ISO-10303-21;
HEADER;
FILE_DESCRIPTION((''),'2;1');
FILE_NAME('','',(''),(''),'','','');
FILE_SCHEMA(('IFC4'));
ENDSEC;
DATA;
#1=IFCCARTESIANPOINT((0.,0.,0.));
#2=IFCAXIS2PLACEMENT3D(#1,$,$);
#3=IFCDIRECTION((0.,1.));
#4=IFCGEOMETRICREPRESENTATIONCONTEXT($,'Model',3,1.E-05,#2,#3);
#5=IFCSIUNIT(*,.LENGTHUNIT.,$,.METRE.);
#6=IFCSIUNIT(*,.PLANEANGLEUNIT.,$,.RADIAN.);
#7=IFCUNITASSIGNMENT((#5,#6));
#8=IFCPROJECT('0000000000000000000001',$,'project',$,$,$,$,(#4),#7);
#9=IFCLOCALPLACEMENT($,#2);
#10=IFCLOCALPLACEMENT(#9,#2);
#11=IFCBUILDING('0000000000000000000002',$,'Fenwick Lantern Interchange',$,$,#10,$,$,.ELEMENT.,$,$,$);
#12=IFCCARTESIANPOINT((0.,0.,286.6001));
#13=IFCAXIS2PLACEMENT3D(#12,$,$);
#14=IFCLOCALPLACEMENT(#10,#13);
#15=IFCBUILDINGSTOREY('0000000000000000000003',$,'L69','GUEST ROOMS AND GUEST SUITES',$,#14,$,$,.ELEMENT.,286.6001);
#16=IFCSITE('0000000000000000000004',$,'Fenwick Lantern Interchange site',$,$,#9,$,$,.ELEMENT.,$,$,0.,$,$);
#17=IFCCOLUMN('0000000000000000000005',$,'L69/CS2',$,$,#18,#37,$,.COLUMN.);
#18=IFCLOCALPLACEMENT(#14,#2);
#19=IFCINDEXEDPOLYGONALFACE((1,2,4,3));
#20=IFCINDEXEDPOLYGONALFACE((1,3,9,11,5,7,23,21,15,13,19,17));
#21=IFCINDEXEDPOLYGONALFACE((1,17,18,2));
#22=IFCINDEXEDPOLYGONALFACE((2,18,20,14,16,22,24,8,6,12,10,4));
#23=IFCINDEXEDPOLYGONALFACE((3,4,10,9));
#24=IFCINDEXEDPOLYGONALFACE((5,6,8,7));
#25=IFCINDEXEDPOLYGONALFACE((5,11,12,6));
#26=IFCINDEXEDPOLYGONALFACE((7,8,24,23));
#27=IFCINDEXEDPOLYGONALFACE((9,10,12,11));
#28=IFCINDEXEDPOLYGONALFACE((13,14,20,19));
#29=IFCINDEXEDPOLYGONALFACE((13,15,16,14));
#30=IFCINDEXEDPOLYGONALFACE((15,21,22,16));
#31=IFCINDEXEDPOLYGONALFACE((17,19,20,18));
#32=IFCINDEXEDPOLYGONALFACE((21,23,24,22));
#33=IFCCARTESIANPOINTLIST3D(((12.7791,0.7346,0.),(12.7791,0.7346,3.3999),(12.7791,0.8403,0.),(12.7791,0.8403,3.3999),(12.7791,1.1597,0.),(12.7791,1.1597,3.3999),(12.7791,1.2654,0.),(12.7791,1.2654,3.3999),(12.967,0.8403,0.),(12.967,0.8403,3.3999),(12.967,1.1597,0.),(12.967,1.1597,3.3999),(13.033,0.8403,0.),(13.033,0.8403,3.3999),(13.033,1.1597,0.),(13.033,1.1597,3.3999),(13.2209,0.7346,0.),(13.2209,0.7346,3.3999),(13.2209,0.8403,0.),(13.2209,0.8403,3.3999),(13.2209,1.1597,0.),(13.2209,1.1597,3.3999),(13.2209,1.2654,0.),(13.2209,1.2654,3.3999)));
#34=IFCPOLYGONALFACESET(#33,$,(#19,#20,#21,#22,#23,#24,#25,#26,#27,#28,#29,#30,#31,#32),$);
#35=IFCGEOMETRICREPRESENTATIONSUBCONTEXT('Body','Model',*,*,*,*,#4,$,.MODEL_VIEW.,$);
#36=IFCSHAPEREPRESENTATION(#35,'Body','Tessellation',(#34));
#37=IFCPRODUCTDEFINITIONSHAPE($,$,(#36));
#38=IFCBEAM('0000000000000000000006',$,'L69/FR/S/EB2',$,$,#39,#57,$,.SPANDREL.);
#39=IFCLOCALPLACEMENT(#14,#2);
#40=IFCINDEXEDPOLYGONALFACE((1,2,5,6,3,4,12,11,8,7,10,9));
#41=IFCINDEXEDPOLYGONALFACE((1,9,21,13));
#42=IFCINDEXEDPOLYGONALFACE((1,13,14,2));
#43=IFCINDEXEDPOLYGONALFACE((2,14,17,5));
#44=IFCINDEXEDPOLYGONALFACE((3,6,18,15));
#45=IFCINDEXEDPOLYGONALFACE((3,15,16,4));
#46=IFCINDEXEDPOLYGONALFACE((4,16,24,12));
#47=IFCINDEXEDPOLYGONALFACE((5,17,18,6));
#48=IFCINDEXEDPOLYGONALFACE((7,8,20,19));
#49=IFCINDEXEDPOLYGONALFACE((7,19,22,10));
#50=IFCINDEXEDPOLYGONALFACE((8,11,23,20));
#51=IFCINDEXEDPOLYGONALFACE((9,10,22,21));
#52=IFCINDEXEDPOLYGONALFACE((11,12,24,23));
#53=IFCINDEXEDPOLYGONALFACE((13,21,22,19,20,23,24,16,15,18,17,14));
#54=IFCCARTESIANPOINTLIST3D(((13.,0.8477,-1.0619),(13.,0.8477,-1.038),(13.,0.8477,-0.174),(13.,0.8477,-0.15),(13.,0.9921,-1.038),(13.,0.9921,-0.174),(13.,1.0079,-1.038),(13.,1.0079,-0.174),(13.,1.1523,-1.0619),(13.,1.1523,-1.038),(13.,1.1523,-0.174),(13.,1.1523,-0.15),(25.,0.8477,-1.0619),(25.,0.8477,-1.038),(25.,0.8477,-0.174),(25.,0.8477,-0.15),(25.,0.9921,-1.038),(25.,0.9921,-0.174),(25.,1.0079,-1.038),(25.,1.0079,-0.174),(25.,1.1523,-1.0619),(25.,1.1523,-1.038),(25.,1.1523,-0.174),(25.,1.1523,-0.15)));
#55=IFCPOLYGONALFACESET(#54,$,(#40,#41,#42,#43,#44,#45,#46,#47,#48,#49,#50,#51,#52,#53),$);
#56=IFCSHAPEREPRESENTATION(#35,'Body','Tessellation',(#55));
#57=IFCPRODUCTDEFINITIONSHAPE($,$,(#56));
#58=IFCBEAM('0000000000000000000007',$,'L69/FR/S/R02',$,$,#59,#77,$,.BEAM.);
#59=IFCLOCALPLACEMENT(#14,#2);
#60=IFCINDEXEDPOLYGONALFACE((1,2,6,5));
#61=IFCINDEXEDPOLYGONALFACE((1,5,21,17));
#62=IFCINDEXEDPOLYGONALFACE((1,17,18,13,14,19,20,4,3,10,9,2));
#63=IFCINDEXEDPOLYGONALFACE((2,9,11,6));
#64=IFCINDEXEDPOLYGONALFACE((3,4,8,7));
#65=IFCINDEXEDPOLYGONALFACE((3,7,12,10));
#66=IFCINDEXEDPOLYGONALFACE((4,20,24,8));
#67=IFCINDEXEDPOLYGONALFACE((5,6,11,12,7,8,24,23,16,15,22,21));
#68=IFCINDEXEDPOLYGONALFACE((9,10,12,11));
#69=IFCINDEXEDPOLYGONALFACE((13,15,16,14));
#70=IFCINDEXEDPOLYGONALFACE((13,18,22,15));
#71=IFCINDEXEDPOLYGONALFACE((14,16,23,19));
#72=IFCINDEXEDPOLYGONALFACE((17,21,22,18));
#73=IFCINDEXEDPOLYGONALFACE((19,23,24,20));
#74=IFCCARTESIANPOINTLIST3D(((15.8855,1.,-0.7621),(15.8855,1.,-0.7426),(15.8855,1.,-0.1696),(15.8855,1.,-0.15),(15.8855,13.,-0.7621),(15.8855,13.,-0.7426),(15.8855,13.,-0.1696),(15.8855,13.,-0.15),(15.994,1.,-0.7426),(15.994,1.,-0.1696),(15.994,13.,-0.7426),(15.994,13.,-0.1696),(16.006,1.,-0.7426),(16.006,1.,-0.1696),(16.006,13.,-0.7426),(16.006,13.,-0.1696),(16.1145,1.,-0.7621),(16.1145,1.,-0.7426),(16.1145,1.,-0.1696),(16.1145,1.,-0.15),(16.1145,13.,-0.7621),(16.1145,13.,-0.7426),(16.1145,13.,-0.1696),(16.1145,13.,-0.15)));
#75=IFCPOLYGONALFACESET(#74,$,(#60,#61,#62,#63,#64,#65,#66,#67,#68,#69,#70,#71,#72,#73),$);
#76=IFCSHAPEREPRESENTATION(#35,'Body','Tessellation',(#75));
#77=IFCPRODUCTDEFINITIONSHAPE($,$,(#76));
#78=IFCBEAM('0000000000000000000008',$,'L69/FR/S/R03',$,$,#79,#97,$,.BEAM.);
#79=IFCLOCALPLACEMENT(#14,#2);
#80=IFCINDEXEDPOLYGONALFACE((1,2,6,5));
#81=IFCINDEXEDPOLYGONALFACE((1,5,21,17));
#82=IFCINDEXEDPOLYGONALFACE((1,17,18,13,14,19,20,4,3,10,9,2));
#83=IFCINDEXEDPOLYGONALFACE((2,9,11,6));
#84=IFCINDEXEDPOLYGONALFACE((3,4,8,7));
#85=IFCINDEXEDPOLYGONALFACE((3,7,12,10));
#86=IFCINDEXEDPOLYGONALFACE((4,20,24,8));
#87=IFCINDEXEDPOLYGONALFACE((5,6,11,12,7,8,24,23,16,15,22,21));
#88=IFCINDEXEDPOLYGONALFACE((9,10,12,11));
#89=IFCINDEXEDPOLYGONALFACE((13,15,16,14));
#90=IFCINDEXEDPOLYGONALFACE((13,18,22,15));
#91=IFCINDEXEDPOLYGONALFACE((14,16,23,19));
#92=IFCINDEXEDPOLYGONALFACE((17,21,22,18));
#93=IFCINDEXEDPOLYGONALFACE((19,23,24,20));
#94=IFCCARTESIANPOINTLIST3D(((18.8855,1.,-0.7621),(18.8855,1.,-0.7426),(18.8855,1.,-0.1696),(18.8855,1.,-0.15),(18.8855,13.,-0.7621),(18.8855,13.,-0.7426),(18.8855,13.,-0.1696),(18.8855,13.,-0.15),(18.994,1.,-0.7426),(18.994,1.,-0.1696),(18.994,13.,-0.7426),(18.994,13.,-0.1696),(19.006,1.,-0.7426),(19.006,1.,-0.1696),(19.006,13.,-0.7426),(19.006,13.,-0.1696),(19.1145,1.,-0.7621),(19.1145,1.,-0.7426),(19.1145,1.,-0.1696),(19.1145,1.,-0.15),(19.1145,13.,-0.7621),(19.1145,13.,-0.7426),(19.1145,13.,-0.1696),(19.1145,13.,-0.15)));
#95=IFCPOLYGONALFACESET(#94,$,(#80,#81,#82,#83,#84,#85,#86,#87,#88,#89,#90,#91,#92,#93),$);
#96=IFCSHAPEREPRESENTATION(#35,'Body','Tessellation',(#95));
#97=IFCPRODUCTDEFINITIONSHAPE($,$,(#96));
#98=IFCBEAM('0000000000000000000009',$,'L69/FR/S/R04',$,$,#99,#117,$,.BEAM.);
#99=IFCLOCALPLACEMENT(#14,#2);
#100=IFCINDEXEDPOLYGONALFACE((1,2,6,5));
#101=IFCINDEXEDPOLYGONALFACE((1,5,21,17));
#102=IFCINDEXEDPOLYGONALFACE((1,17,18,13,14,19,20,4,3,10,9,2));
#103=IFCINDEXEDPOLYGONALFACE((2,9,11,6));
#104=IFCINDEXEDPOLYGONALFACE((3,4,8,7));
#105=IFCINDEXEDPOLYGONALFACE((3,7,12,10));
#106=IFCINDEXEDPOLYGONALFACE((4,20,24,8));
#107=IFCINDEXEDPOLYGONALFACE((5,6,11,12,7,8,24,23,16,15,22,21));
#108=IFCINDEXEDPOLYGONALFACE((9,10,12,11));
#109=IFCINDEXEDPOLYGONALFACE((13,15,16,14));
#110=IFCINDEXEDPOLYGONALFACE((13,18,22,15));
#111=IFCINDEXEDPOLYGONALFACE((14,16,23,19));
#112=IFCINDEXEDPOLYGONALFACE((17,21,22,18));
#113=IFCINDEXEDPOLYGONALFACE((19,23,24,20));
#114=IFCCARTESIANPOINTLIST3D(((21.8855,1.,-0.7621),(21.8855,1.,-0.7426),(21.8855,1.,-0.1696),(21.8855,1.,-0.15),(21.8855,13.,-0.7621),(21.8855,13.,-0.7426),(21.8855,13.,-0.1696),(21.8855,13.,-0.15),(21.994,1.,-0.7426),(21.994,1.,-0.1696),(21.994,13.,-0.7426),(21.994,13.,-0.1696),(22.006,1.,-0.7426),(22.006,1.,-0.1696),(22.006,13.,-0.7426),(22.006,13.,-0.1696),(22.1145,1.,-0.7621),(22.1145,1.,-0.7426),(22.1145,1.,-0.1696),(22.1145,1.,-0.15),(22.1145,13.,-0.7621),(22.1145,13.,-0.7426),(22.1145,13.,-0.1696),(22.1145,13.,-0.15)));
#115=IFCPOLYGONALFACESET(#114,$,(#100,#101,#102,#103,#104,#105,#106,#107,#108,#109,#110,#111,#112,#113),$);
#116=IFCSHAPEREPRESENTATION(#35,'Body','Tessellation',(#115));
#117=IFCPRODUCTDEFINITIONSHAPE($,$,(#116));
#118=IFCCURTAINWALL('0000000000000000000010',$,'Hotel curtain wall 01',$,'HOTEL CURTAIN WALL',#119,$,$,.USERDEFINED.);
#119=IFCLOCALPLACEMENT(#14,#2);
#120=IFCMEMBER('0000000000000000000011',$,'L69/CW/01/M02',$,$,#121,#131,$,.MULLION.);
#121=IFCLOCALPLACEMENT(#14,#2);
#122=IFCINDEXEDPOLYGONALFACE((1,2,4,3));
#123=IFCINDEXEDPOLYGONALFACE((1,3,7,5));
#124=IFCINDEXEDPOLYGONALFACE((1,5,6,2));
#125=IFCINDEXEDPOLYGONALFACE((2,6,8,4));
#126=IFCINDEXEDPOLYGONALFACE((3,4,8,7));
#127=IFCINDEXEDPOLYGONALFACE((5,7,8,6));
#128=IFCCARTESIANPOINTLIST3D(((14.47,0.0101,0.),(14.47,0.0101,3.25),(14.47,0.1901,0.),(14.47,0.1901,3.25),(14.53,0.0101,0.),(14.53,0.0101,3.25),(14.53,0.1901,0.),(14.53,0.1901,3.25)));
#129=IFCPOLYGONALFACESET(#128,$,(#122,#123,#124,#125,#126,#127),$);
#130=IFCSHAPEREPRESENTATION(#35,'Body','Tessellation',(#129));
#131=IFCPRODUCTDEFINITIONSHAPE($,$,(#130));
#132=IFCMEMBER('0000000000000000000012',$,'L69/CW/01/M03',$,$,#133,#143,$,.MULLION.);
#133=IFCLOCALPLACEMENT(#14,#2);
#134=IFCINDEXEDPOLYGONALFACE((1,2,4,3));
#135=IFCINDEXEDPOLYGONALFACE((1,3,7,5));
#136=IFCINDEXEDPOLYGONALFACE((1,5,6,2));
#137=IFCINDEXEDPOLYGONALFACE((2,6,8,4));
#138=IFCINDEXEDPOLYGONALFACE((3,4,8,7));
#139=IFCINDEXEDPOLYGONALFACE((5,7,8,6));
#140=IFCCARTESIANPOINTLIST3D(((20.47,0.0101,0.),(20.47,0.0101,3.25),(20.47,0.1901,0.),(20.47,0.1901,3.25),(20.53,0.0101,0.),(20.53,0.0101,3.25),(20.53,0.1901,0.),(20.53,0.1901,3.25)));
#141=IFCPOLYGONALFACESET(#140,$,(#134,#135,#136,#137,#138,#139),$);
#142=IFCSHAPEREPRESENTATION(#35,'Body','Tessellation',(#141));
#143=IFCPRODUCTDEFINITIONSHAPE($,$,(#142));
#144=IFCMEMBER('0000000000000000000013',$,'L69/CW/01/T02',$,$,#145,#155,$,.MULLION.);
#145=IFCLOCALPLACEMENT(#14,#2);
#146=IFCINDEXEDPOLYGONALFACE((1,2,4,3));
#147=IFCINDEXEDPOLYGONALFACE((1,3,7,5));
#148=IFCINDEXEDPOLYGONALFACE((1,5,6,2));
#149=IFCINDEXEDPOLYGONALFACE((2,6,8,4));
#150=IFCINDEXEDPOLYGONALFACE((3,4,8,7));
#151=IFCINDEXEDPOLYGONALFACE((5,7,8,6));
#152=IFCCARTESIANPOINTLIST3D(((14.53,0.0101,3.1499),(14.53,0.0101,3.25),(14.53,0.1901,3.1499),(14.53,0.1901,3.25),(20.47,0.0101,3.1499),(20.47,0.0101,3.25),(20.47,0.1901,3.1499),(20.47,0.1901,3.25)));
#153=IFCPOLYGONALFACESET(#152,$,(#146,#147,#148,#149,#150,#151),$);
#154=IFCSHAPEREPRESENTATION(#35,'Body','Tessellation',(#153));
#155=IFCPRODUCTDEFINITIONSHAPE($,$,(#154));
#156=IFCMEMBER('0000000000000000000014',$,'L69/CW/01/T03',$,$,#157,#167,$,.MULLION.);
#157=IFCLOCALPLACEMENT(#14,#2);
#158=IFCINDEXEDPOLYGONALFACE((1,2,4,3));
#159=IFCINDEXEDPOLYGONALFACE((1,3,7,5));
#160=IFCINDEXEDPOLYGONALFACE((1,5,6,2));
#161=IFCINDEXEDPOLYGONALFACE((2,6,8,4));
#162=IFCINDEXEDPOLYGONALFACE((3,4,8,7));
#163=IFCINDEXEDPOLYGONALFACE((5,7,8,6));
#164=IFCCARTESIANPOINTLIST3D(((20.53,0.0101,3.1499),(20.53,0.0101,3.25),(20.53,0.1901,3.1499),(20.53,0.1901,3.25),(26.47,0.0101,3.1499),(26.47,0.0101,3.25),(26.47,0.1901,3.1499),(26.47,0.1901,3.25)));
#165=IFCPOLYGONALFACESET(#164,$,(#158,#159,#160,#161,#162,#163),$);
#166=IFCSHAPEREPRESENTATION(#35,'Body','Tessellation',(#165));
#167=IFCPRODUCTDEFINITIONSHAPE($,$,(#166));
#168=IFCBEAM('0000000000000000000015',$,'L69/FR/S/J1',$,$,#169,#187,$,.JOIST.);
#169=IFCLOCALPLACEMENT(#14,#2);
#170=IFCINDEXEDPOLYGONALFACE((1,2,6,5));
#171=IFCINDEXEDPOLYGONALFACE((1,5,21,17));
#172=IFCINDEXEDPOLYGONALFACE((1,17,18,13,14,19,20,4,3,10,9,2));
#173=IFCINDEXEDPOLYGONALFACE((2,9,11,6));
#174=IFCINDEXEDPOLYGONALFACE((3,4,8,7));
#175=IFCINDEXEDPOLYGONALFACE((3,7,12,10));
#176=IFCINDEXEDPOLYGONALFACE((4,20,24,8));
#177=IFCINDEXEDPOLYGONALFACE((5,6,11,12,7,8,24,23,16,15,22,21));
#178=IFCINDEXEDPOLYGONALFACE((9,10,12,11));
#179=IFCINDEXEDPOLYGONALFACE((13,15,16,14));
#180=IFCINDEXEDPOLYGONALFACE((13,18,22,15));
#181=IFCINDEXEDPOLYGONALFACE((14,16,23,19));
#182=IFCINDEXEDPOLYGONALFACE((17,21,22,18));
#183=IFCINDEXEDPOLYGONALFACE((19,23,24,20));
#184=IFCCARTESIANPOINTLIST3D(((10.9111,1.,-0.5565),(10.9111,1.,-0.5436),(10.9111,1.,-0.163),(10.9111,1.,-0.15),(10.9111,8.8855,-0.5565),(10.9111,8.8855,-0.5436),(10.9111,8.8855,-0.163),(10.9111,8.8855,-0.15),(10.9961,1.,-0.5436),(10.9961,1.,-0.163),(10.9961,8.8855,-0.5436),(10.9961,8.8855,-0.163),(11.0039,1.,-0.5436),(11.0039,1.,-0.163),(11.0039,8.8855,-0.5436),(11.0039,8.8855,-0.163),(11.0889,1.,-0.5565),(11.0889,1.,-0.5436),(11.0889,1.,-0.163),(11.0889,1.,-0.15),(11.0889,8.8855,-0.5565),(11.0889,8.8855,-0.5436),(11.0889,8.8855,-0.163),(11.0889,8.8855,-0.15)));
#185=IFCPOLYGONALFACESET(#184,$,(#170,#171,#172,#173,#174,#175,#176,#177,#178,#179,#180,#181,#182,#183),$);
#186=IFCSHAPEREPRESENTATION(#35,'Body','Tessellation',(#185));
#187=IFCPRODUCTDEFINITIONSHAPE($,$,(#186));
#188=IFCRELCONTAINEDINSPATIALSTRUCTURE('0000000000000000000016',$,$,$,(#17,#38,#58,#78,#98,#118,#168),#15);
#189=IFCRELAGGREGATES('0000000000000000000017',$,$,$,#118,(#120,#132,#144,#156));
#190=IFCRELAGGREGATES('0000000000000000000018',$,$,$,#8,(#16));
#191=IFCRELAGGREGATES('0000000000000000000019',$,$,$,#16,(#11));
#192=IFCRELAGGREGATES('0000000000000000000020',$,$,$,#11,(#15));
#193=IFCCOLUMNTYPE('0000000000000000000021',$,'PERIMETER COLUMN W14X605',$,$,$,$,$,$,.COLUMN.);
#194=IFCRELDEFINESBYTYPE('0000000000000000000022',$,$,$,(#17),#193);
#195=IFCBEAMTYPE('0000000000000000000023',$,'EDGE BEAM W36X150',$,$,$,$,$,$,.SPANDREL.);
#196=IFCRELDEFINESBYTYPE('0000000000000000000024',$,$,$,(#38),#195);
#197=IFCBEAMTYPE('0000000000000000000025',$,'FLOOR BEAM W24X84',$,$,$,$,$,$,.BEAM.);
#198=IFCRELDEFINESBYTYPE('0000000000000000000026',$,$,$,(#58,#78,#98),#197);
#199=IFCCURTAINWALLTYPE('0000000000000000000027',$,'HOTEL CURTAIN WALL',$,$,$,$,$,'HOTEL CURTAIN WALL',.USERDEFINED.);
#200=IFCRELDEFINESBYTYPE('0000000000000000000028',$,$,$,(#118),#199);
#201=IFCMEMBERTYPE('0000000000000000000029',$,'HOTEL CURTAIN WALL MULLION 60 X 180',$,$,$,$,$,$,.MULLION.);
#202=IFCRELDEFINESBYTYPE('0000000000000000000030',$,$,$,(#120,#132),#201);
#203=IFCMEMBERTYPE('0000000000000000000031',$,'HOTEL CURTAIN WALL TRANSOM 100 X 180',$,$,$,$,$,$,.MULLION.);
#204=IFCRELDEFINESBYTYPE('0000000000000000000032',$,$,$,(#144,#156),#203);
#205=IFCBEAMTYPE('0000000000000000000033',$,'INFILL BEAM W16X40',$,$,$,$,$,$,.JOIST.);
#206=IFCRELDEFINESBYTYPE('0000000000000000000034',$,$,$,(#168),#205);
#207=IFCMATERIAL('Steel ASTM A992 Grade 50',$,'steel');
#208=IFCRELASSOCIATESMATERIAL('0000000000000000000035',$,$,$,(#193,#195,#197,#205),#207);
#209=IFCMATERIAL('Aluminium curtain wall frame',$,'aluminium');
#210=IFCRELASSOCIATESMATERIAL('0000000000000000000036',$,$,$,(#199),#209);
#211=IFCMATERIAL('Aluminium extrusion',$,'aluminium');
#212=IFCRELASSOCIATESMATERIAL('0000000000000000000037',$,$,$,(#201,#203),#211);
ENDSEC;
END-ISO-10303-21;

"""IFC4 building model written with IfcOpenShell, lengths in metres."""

from ifc_helpers import new_model, si_unit, direction, frame, origin, origin_2d, place, context, subcontext, project, spatial, rectangle, i_section, extrude, material, material_profile, profile_set, type_object, element, aggregate, save


model = new_model("IFC4")

# Units and contexts
model_context = context("Model", 3, precision=1e-05, world=origin(), true_north=direction((0.0, 1.0)))
body_context = subcontext(model_context, "Body", "Model", "MODEL_VIEW")
ifc_project = project(units=[si_unit("LENGTHUNIT", "METRE"), si_unit("PLANEANGLEUNIT", "RADIAN")], contexts=[model_context])

# Site, building, storey
site_placement = place(None, origin())
site = spatial("IfcSite", under=ifc_project, at=site_placement, Name="Fenwick Lantern Interchange site", CompositionType="ELEMENT", RefElevation=0.0)
building_placement = place(site_placement, origin())
building = spatial("IfcBuilding", under=site, at=building_placement, Name="Fenwick Lantern Interchange", CompositionType="ELEMENT")
storey_placement = place(building_placement, frame((0.0, 0.0, 286.6001)))
storey = spatial("IfcBuildingStorey", under=building, at=storey_placement, Name="L69", Description="GUEST ROOMS AND GUEST SUITES", CompositionType="ELEMENT", Elevation=286.6001)

# Column
ifc_material_1 = material(Name="Steel ASTM A992 Grade 50", Category="steel")
ifc_material_profile_1 = material_profile(ifc_material_1, i_section(OverallWidth=0.4419, OverallDepth=0.5308, WebThickness=0.0659, FlangeThickness=0.1057, at=origin_2d()), Name="W14X605")
ifc_profile_set_1 = profile_set([ifc_material_profile_1], Name="Steel ASTM A992 Grade 50")
column_type = type_object("IfcColumnType", Name="PERIMETER COLUMN W14X605", PredefinedType="COLUMN", material=ifc_profile_set_1)
column_placement = place(storey_placement, frame((13.0, 1.0, 0.0), z_axis=(0.0, 0.0, 1.0), x_axis=(1.0, 0.0, 0.0)))
element("IfcColumn", 1, at=column_placement, inside=storey, type_object=column_type, Name="L69/CS2", PredefinedType="COLUMN", context=body_context, shape_type="SweptSolid", body=[
    extrude(i_section(OverallWidth=0.4419, OverallDepth=0.5308, WebThickness=0.0659, FlangeThickness=0.1057, at=origin_2d()), origin(), (0.0, 0.0, 1.0), 3.3999),
])

# Beams
ifc_material_profile_2 = material_profile(ifc_material_1, i_section(OverallWidth=0.3047, OverallDepth=0.9119, WebThickness=0.0159, FlangeThickness=0.0239, at=origin_2d()), Name="W36X150")
ifc_profile_set_2 = profile_set([ifc_material_profile_2], Name="Steel ASTM A992 Grade 50")
beam_type_1 = type_object("IfcBeamType", Name="EDGE BEAM W36X150", PredefinedType="SPANDREL", material=ifc_profile_set_2)
beam_1_placement = place(storey_placement, frame((13.0, 1.0, -0.606), z_axis=(1.0, 0.0, 0.0), x_axis=(0.0, 1.0, 0.0)))
element("IfcBeam", 2, at=beam_1_placement, inside=storey, type_object=beam_type_1, Name="L69/FR/S/EB2", PredefinedType="SPANDREL", context=body_context, shape_type="SweptSolid", body=[
    extrude(i_section(OverallWidth=0.3047, OverallDepth=0.9119, WebThickness=0.0159, FlangeThickness=0.0239, at=origin_2d()), origin(), (0.0, 0.0, 1.0), 12.0),
])
ifc_material_profile_3 = material_profile(ifc_material_1, i_section(OverallWidth=0.229, OverallDepth=0.6121, WebThickness=0.012, FlangeThickness=0.0195, at=origin_2d()), Name="W24X84")
ifc_profile_set_3 = profile_set([ifc_material_profile_3], Name="Steel ASTM A992 Grade 50")
beam_type_2 = type_object("IfcBeamType", Name="FLOOR BEAM W24X84", PredefinedType="BEAM", material=ifc_profile_set_3)
for number, where, z_axis, x_axis, name in (
    (3, (16.0, 1.0, -0.4561), (0.0, 1.0, 0.0), (-1.0, 0.0, 0.0), "L69/FR/S/R02"),
    (4, (19.0, 1.0, -0.4561), (0.0, 1.0, 0.0), (-1.0, 0.0, 0.0), "L69/FR/S/R03"),
    (5, (22.0, 1.0, -0.4561), (0.0, 1.0, 0.0), (-1.0, 0.0, 0.0), "L69/FR/S/R04"),
):
    element("IfcBeam", number, at=place(storey_placement, frame(where, z_axis=z_axis, x_axis=x_axis)), inside=storey, type_object=beam_type_2, Name=name, PredefinedType="BEAM", context=body_context, shape_type="SweptSolid", body=[
        extrude(i_section(OverallWidth=0.229, OverallDepth=0.6121, WebThickness=0.012, FlangeThickness=0.0195, at=origin_2d()), origin(), (0.0, 0.0, 1.0), 12.0),
    ])

# Curtain wall, members
ifc_material_2 = material(Name="Aluminium curtain wall frame", Category="aluminium")
curtain_wall_type = type_object("IfcCurtainWallType", Name="HOTEL CURTAIN WALL", ElementType="HOTEL CURTAIN WALL", PredefinedType="USERDEFINED", material=ifc_material_2)
curtain_wall_placement = place(storey_placement, origin())
curtain_wall = element("IfcCurtainWall", 6, at=curtain_wall_placement, inside=storey, type_object=curtain_wall_type, Name="Hotel curtain wall 01", ObjectType="HOTEL CURTAIN WALL", PredefinedType="USERDEFINED")
ifc_material_3 = material(Name="Aluminium extrusion", Category="aluminium")
ifc_material_profile_4 = material_profile(ifc_material_3, rectangle(XDim=0.1799, YDim=0.0601, at=origin_2d()), Name="HOTEL CURTAIN WALL MULLION 60 X 180")
ifc_profile_set_4 = profile_set([ifc_material_profile_4], Name="Aluminium extrusion")
member_type_1 = type_object("IfcMemberType", Name="HOTEL CURTAIN WALL MULLION 60 X 180", PredefinedType="MULLION", material=ifc_profile_set_4)
member_1_placement = place(storey_placement, frame((14.5, 0.1001, 0.0), z_axis=(0.0, 0.0, 1.0), x_axis=(0.0, 1.0, 0.0)))
member_1 = element("IfcMember", 7, at=member_1_placement, type_object=member_type_1, Name="L69/CW/01/M02", PredefinedType="MULLION", context=body_context, shape_type="SweptSolid", body=[
    extrude(rectangle(XDim=0.1799, YDim=0.0601, at=origin_2d()), origin(), (0.0, 0.0, 1.0), 3.25),
])
member_2_placement = place(storey_placement, frame((20.5, 0.1001, 0.0), z_axis=(0.0, 0.0, 1.0), x_axis=(0.0, 1.0, 0.0)))
member_2 = element("IfcMember", 8, at=member_2_placement, type_object=member_type_1, Name="L69/CW/01/M03", PredefinedType="MULLION", context=body_context, shape_type="SweptSolid", body=[
    extrude(rectangle(XDim=0.1799, YDim=0.0601, at=origin_2d()), origin(), (0.0, 0.0, 1.0), 3.25),
])
ifc_material_profile_5 = material_profile(ifc_material_3, rectangle(XDim=0.1799, YDim=0.1001, at=origin_2d()), Name="HOTEL CURTAIN WALL TRANSOM 100 X 180")
ifc_profile_set_5 = profile_set([ifc_material_profile_5], Name="Aluminium extrusion")
member_type_2 = type_object("IfcMemberType", Name="HOTEL CURTAIN WALL TRANSOM 100 X 180", PredefinedType="MULLION", material=ifc_profile_set_5)
member_3_placement = place(storey_placement, frame((14.53, 0.1001, 3.2), z_axis=(1.0, 0.0, 0.0), x_axis=(0.0, 1.0, 0.0)))
member_3 = element("IfcMember", 9, at=member_3_placement, type_object=member_type_2, Name="L69/CW/01/T02", PredefinedType="MULLION", context=body_context, shape_type="SweptSolid", body=[
    extrude(rectangle(XDim=0.1799, YDim=0.1001, at=origin_2d()), origin(), (0.0, 0.0, 1.0), 5.9399),
])
member_4_placement = place(storey_placement, frame((20.53, 0.1001, 3.2), z_axis=(1.0, 0.0, 0.0), x_axis=(0.0, 1.0, 0.0)))
member_4 = element("IfcMember", 10, at=member_4_placement, type_object=member_type_2, Name="L69/CW/01/T03", PredefinedType="MULLION", context=body_context, shape_type="SweptSolid", body=[
    extrude(rectangle(XDim=0.1799, YDim=0.1001, at=origin_2d()), origin(), (0.0, 0.0, 1.0), 5.9399),
])
aggregate(curtain_wall, [member_1, member_2, member_3, member_4])

# Beam
ifc_material_profile_6 = material_profile(ifc_material_1, i_section(OverallWidth=0.1777, OverallDepth=0.4065, WebThickness=0.0078, FlangeThickness=0.0129, at=origin_2d()), Name="W16X40")
ifc_profile_set_6 = profile_set([ifc_material_profile_6], Name="Steel ASTM A992 Grade 50")
beam_type_3 = type_object("IfcBeamType", Name="INFILL BEAM W16X40", PredefinedType="JOIST", material=ifc_profile_set_6)
beam_2_placement = place(storey_placement, frame((11.0, 1.0, -0.3533), z_axis=(0.0, 1.0, 0.0), x_axis=(-1.0, 0.0, 0.0)))
element("IfcBeam", 11, at=beam_2_placement, inside=storey, type_object=beam_type_3, Name="L69/FR/S/J1", PredefinedType="JOIST", context=body_context, shape_type="SweptSolid", body=[
    extrude(i_section(OverallWidth=0.1777, OverallDepth=0.4065, WebThickness=0.0078, FlangeThickness=0.0129, at=origin_2d()), origin(), (0.0, 0.0, 1.0), 7.8855),
])

save(model, "model.ifc")
